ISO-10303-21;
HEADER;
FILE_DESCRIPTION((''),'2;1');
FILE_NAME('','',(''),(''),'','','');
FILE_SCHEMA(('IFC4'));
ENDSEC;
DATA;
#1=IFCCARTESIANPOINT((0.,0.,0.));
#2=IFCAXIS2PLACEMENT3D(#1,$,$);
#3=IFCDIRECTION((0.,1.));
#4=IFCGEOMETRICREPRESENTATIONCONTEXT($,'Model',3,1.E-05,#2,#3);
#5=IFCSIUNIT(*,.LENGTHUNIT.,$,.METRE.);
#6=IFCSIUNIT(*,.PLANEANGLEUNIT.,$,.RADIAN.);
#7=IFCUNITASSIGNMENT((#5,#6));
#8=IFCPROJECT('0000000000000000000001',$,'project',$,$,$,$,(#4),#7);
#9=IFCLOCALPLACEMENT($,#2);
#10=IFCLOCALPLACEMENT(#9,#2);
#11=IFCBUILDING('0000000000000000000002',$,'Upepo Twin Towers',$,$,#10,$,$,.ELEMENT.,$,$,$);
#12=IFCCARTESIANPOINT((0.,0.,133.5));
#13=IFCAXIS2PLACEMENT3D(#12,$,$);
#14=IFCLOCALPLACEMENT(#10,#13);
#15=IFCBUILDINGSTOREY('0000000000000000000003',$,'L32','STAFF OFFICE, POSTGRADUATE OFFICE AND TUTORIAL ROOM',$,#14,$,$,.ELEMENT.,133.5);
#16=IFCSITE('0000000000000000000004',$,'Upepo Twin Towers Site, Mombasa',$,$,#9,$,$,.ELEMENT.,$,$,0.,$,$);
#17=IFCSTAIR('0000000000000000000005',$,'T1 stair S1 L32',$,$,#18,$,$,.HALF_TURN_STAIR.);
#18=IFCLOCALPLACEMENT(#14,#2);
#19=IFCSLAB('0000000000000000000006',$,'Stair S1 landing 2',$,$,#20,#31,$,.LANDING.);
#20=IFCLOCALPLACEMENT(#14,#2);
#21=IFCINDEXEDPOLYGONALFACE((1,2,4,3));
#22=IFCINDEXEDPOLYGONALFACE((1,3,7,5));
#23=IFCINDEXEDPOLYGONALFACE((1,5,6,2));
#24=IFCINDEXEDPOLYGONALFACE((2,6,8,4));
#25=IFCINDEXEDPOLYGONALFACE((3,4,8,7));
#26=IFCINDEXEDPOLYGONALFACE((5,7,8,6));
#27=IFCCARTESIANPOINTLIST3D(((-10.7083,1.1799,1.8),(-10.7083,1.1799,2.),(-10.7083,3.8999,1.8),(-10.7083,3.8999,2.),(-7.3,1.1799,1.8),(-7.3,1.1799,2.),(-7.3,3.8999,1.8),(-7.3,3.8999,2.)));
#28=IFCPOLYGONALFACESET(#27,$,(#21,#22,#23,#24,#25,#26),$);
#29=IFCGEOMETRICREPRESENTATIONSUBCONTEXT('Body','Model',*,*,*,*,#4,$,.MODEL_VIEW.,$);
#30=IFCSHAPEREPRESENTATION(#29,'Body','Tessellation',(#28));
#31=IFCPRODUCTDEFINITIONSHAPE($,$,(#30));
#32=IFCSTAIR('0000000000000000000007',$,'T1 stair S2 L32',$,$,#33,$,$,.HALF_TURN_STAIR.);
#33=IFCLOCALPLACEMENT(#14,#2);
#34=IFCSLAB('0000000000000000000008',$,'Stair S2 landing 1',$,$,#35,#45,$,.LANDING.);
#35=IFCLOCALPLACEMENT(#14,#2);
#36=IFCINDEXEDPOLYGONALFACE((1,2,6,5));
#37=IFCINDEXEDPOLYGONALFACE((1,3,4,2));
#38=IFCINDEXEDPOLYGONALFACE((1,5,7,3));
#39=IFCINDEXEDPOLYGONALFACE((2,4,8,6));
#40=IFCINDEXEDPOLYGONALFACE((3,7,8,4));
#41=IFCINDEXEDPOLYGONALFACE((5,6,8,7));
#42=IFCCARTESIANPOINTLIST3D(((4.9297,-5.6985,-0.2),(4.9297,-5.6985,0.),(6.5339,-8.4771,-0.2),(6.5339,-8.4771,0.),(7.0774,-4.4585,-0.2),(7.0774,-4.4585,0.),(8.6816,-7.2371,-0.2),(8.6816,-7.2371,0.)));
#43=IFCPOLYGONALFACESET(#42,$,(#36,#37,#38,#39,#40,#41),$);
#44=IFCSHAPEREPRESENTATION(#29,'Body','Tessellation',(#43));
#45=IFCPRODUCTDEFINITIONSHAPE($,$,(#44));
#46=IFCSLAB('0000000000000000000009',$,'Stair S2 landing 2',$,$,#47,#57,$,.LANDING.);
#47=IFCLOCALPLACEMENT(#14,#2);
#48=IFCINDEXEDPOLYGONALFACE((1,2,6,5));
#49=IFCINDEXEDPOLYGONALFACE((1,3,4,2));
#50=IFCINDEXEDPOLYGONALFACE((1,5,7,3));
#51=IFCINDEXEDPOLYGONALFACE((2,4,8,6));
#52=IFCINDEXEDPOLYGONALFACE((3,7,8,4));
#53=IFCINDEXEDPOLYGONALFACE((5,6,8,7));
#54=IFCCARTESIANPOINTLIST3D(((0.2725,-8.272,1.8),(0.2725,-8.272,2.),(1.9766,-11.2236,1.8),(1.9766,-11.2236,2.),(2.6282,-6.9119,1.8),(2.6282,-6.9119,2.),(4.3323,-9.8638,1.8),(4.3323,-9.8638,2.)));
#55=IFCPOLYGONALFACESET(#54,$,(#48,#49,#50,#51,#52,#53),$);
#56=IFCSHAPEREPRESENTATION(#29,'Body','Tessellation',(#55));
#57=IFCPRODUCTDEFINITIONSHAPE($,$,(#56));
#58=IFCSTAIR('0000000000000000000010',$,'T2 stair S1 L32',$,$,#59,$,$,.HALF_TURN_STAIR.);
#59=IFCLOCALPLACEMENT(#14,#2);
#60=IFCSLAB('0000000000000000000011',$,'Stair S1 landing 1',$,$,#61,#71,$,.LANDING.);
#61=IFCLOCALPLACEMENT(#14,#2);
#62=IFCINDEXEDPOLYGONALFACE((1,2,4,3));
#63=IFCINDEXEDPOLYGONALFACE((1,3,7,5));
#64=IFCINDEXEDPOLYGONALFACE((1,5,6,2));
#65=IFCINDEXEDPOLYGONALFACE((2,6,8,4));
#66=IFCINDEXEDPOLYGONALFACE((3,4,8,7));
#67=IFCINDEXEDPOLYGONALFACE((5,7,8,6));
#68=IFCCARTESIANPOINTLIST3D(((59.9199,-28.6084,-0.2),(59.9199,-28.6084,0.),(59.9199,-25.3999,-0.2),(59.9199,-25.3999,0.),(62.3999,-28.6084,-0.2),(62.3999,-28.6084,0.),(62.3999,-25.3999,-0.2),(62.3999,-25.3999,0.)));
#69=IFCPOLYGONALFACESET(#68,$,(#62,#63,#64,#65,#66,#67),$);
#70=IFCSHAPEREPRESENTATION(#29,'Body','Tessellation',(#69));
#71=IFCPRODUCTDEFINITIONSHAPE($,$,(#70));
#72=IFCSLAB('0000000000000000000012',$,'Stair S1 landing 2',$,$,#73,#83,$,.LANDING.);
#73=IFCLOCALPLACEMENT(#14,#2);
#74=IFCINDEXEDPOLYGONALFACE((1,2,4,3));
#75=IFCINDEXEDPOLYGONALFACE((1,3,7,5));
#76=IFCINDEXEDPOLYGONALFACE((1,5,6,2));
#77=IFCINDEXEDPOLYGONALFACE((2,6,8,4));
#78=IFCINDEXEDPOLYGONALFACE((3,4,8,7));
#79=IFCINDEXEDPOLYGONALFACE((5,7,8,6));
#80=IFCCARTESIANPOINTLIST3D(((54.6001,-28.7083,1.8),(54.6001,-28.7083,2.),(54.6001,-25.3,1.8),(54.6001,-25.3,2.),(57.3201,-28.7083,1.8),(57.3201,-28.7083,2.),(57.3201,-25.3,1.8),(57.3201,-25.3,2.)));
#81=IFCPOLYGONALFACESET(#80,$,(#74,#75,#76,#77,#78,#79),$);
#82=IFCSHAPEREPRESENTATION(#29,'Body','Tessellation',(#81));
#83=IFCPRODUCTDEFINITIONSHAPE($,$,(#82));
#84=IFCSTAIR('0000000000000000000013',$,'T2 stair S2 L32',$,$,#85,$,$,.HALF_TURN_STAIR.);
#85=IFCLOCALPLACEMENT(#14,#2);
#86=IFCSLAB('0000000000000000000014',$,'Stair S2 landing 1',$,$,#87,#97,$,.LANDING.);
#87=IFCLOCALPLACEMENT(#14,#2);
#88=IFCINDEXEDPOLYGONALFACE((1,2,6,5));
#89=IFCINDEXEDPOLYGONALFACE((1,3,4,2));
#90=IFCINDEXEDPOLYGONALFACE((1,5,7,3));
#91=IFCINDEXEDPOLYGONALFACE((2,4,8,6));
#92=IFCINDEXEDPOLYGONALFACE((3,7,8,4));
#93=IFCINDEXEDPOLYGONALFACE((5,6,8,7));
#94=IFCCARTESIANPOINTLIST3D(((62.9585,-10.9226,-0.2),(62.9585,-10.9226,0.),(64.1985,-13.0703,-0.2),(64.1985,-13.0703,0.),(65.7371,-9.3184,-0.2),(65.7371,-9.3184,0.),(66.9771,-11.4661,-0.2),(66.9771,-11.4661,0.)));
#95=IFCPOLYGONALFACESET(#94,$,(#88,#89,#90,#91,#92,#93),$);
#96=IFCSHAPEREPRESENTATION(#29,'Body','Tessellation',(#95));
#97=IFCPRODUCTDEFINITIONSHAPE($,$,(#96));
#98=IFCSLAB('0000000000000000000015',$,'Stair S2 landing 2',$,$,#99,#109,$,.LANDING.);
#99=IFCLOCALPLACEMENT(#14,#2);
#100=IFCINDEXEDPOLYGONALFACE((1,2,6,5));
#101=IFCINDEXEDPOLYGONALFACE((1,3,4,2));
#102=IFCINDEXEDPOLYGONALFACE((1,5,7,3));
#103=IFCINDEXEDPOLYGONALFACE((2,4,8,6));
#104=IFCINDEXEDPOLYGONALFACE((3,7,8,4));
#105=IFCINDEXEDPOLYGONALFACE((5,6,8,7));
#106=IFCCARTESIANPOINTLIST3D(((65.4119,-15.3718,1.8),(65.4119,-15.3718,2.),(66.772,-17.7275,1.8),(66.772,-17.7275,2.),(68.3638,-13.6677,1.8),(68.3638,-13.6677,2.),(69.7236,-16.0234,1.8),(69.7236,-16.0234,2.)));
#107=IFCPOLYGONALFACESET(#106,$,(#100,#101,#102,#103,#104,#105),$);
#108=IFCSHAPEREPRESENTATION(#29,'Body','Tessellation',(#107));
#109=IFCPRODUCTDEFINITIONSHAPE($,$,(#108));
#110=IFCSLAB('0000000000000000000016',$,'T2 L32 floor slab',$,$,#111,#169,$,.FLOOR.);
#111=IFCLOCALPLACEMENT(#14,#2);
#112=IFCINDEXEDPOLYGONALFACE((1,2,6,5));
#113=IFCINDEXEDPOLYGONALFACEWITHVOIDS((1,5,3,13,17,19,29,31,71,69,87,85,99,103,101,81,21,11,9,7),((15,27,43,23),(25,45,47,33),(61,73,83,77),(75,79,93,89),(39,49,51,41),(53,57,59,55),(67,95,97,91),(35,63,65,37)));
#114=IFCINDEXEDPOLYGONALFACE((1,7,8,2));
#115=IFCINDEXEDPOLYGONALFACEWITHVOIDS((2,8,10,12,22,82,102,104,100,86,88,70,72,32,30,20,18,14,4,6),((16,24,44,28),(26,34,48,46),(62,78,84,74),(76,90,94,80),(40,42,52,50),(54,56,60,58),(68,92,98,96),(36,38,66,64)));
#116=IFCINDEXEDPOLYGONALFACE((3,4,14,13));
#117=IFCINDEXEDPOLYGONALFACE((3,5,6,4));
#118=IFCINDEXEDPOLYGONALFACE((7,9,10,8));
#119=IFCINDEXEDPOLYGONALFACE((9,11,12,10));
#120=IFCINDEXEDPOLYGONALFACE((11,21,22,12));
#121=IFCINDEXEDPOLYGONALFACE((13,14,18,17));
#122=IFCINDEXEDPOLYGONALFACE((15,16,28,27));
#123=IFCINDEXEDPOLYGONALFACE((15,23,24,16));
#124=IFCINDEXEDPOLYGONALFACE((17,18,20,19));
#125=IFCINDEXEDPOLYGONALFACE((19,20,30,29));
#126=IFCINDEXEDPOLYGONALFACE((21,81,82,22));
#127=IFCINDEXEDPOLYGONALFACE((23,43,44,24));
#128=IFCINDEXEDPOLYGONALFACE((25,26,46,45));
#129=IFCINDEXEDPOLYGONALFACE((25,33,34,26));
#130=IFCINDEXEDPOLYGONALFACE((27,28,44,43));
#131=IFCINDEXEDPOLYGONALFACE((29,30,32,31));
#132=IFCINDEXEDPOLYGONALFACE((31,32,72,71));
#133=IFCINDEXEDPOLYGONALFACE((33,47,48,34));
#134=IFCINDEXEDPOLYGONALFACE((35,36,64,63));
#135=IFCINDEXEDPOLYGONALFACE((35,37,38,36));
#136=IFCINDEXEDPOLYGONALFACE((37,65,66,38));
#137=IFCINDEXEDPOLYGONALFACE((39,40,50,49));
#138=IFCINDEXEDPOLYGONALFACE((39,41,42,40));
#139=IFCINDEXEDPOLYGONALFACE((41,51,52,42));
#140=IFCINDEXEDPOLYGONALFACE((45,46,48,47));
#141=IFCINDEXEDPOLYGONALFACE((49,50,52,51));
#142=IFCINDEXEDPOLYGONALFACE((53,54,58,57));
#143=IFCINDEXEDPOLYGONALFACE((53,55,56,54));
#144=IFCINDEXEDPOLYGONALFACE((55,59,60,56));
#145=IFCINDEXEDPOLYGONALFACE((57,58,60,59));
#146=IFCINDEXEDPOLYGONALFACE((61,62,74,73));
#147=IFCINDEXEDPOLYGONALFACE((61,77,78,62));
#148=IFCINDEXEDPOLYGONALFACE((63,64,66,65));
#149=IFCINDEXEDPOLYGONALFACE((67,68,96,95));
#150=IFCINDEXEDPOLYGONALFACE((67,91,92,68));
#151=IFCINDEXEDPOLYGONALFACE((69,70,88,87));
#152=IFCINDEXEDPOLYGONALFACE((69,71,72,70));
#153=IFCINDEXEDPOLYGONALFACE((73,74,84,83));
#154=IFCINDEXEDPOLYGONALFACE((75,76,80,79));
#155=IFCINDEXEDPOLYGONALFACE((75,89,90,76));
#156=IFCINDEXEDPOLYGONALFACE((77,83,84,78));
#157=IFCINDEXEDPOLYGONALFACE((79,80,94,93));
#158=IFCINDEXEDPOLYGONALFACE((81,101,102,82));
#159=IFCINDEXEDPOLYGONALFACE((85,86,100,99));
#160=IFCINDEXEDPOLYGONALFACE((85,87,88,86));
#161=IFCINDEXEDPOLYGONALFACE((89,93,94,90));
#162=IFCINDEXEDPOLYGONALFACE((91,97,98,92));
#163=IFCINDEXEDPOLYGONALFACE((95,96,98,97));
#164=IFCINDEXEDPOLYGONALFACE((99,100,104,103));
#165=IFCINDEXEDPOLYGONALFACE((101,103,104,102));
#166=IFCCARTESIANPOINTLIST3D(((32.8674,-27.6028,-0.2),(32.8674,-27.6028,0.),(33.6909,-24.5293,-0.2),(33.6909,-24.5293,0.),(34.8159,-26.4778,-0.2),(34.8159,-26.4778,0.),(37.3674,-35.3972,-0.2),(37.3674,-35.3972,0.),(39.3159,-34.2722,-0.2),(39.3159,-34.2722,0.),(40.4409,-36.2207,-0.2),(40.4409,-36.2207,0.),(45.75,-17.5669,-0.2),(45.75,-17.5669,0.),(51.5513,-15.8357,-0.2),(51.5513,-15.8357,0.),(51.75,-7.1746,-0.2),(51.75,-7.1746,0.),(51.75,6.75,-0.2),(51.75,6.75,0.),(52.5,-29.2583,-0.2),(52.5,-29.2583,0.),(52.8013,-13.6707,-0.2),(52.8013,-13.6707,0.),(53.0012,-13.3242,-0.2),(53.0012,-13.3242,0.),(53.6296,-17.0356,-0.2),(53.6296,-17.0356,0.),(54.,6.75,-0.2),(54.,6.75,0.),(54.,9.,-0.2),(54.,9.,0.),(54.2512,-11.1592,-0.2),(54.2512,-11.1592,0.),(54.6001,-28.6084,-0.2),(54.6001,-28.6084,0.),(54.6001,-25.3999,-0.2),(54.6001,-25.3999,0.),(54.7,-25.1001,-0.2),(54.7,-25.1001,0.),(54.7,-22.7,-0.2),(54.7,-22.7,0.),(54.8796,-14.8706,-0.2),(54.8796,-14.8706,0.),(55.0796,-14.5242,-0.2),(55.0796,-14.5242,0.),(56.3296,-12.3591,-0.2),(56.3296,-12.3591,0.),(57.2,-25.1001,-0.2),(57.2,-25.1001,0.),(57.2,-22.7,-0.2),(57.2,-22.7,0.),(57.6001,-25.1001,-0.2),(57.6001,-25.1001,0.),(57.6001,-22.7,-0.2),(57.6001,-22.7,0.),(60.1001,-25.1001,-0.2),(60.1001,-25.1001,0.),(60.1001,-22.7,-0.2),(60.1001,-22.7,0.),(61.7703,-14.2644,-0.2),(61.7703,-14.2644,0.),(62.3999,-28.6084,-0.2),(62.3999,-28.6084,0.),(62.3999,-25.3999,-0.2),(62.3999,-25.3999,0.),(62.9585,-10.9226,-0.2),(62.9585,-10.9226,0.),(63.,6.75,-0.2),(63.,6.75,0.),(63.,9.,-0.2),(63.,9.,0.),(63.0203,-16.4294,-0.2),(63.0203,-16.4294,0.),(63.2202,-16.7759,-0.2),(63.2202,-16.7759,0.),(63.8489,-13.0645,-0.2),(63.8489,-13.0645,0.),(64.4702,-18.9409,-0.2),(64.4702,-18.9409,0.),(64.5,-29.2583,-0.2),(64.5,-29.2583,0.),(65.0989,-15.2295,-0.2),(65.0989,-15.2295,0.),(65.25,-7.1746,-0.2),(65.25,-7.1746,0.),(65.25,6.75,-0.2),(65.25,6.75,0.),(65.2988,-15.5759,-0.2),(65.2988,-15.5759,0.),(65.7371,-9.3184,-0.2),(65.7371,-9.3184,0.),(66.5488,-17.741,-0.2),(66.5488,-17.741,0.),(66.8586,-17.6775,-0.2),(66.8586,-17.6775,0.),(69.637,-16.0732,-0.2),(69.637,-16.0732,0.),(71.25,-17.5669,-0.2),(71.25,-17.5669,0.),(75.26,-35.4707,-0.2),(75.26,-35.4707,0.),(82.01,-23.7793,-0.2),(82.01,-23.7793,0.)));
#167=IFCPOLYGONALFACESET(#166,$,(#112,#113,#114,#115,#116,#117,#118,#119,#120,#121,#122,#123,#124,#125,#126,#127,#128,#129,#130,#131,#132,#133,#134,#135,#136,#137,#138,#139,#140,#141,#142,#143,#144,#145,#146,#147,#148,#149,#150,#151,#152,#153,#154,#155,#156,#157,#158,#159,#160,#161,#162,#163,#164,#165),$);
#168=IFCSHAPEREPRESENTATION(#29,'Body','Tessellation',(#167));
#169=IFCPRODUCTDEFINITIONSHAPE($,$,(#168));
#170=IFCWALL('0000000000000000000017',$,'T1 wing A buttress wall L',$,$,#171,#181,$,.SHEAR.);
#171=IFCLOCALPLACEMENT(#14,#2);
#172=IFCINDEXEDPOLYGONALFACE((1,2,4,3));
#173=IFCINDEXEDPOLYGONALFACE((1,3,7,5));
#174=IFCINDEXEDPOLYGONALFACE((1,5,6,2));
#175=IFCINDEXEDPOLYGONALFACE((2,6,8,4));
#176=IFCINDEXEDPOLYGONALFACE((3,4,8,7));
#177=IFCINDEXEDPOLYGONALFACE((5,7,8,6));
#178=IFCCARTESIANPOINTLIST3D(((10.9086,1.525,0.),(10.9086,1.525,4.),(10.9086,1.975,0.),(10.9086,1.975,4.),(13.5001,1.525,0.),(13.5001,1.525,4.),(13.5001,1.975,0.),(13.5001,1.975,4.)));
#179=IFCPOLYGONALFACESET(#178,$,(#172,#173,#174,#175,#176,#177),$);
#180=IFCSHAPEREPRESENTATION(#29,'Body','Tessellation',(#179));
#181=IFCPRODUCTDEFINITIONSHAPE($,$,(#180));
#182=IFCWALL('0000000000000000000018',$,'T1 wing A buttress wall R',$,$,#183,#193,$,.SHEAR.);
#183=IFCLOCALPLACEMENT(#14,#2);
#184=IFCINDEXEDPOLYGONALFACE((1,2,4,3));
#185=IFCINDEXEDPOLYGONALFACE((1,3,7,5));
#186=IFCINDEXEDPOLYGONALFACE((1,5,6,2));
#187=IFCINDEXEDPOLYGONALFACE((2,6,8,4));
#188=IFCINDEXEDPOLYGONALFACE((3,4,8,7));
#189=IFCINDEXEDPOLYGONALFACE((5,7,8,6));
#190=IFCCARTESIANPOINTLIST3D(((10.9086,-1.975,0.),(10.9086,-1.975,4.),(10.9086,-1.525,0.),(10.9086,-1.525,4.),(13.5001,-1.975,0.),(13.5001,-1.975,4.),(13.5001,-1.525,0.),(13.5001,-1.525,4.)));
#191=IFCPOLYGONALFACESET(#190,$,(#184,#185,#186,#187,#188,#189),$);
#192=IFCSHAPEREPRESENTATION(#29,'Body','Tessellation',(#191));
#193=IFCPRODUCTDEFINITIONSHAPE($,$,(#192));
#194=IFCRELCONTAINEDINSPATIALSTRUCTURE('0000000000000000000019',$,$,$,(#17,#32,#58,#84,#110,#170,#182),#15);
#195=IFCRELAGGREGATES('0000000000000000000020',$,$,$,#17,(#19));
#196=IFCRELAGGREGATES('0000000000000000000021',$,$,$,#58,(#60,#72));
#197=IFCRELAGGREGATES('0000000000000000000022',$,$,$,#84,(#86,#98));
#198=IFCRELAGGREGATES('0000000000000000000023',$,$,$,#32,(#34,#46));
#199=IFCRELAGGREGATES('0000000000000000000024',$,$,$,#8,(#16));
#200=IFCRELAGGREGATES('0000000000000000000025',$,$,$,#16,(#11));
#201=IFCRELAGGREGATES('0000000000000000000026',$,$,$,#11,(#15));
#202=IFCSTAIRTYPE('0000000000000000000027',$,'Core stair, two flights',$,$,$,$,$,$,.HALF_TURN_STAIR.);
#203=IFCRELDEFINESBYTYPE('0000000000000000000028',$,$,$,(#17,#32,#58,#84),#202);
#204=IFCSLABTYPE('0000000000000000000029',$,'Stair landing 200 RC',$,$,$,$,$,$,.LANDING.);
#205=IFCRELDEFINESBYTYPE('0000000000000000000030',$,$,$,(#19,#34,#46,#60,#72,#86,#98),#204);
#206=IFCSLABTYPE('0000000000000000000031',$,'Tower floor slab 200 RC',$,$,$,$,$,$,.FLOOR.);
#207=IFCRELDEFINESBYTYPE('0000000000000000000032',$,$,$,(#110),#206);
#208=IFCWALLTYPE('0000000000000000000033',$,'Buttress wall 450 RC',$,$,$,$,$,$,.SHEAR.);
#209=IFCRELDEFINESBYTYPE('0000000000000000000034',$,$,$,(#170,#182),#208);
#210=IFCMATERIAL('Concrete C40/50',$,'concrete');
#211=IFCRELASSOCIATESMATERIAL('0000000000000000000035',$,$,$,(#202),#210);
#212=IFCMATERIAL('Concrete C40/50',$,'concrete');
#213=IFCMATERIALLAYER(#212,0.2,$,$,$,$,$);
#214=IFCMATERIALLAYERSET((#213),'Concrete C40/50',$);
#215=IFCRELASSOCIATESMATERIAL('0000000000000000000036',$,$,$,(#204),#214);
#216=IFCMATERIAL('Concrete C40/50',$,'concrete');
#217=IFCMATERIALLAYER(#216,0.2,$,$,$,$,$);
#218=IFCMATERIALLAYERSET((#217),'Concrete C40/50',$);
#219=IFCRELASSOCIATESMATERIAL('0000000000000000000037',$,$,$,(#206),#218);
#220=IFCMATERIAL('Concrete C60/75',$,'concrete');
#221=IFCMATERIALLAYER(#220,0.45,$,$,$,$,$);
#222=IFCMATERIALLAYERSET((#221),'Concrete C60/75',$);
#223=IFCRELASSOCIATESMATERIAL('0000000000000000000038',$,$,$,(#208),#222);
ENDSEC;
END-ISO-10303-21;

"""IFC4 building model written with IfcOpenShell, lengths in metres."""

from ifc_helpers import new_model, si_unit, direction, frame, frame_2d, origin, place, context, subcontext, project, spatial, polyline, rectangle, outline, extrude, material, layer, layer_set, type_object, element, aggregate, save


model = new_model("IFC4")

# Units and contexts
model_context = context("Model", 3, precision=1e-05, world=origin(), true_north=direction((0.0, 1.0)))
body_context = subcontext(model_context, "Body", "Model", "MODEL_VIEW")
ifc_project = project(units=[si_unit("LENGTHUNIT", "METRE"), si_unit("PLANEANGLEUNIT", "RADIAN")], contexts=[model_context])

# Site, building, storey
site_placement = place(None, origin())
site = spatial("IfcSite", under=ifc_project, at=site_placement, Name="Upepo Twin Towers Site, Mombasa", CompositionType="ELEMENT", RefElevation=0.0)
building_placement = place(site_placement, origin())
building = spatial("IfcBuilding", under=site, at=building_placement, Name="Upepo Twin Towers", CompositionType="ELEMENT")
storey_placement = place(building_placement, frame((0.0, 0.0, 133.5)))
storey = spatial("IfcBuildingStorey", under=building, at=storey_placement, Name="L32", Description="STAFF OFFICE, POSTGRADUATE OFFICE AND TUTORIAL ROOM", CompositionType="ELEMENT", Elevation=133.5)

# Stairs, slabs
ifc_material_1 = material(Name="Concrete C40/50", Category="concrete")
stair_type = type_object("IfcStairType", Name="Core stair, two flights", PredefinedType="HALF_TURN_STAIR", material=ifc_material_1)
stair_1_placement = place(storey_placement, origin())
stair_1 = element("IfcStair", 1, at=stair_1_placement, inside=storey, type_object=stair_type, Name="T1 stair S1 L32", PredefinedType="HALF_TURN_STAIR")
ifc_material_2 = material(Name="Concrete C40/50", Category="concrete")
ifc_layer_1 = layer(ifc_material_2, 0.2)
ifc_layer_set_1 = layer_set([ifc_layer_1], Name="Concrete C40/50")
slab_type_1 = type_object("IfcSlabType", Name="Stair landing 200 RC", PredefinedType="LANDING", material=ifc_layer_set_1)
slab_1_placement = place(storey_placement, frame((0.0, 0.0, 1.8)))
slab_1 = element("IfcSlab", 2, at=slab_1_placement, type_object=slab_type_1, Name="Stair S1 landing 2", PredefinedType="LANDING", context=body_context, shape_type="SweptSolid", body=[
    extrude(outline(polyline([(-7.3, 3.8999), (-10.7083, 3.8999), (-10.7083, 1.1799), (-7.3, 1.1799), (-7.3, 3.8999)])), origin(), (0.0, 0.0, 1.0), 0.2),
])
aggregate(stair_1, [slab_1])
stair_2_placement = place(storey_placement, origin())
stair_2 = element("IfcStair", 3, at=stair_2_placement, inside=storey, type_object=stair_type, Name="T1 stair S2 L32", PredefinedType="HALF_TURN_STAIR")
slab_2_placement = place(storey_placement, frame((0.0, 0.0, -0.2)))
slab_2 = element("IfcSlab", 4, at=slab_2_placement, type_object=slab_type_1, Name="Stair S2 landing 1", PredefinedType="LANDING", context=body_context, shape_type="SweptSolid", body=[
    extrude(outline(polyline([(4.9297, -5.6985), (6.5339, -8.4771), (8.6816, -7.2371), (7.0774, -4.4585), (4.9297, -5.6985)])), origin(), (0.0, 0.0, 1.0), 0.2),
])
slab_3_placement = place(storey_placement, frame((0.0, 0.0, 1.8)))
slab_3 = element("IfcSlab", 5, at=slab_3_placement, type_object=slab_type_1, Name="Stair S2 landing 2", PredefinedType="LANDING", context=body_context, shape_type="SweptSolid", body=[
    extrude(outline(polyline([(0.2725, -8.272), (1.9766, -11.2236), (4.3323, -9.8638), (2.6282, -6.9119), (0.2725, -8.272)])), origin(), (0.0, 0.0, 1.0), 0.2),
])
stair_3_placement = place(storey_placement, origin())
stair_3 = element("IfcStair", 6, at=stair_3_placement, inside=storey, type_object=stair_type, Name="T2 stair S1 L32", PredefinedType="HALF_TURN_STAIR")
slab_4_placement = place(storey_placement, frame((0.0, 0.0, -0.2)))
slab_4 = element("IfcSlab", 7, at=slab_4_placement, type_object=slab_type_1, Name="Stair S1 landing 1", PredefinedType="LANDING", context=body_context, shape_type="SweptSolid", body=[
    extrude(outline(polyline([(59.9199, -25.3999), (59.9199, -28.6084), (62.3999, -28.6084), (62.3999, -25.3999), (59.9199, -25.3999)])), origin(), (0.0, 0.0, 1.0), 0.2),
])
slab_5_placement = place(storey_placement, frame((0.0, 0.0, 1.8)))
slab_5 = element("IfcSlab", 8, at=slab_5_placement, type_object=slab_type_1, Name="Stair S1 landing 2", PredefinedType="LANDING", context=body_context, shape_type="SweptSolid", body=[
    extrude(outline(polyline([(54.6001, -25.3), (54.6001, -28.7083), (57.3201, -28.7083), (57.3201, -25.3), (54.6001, -25.3)])), origin(), (0.0, 0.0, 1.0), 0.2),
])
aggregate(stair_3, [slab_4, slab_5])
stair_4_placement = place(storey_placement, origin())
stair_4 = element("IfcStair", 9, at=stair_4_placement, inside=storey, type_object=stair_type, Name="T2 stair S2 L32", PredefinedType="HALF_TURN_STAIR")
slab_6_placement = place(storey_placement, frame((0.0, 0.0, -0.2)))
slab_6 = element("IfcSlab", 10, at=slab_6_placement, type_object=slab_type_1, Name="Stair S2 landing 1", PredefinedType="LANDING", context=body_context, shape_type="SweptSolid", body=[
    extrude(outline(polyline([(64.1985, -13.0703), (66.9771, -11.4661), (65.7371, -9.3184), (62.9585, -10.9226), (64.1985, -13.0703)])), origin(), (0.0, 0.0, 1.0), 0.2),
])
slab_7_placement = place(storey_placement, frame((0.0, 0.0, 1.8)))
slab_7 = element("IfcSlab", 11, at=slab_7_placement, type_object=slab_type_1, Name="Stair S2 landing 2", PredefinedType="LANDING", context=body_context, shape_type="SweptSolid", body=[
    extrude(outline(polyline([(66.772, -17.7275), (69.7236, -16.0234), (68.3638, -13.6677), (65.4119, -15.3718), (66.772, -17.7275)])), origin(), (0.0, 0.0, 1.0), 0.2),
])
aggregate(stair_4, [slab_6, slab_7])

# Slab
ifc_material_3 = material(Name="Concrete C40/50", Category="concrete")
ifc_layer_2 = layer(ifc_material_3, 0.2)
ifc_layer_set_2 = layer_set([ifc_layer_2], Name="Concrete C40/50")
slab_type_2 = type_object("IfcSlabType", Name="Tower floor slab 200 RC", PredefinedType="FLOOR", material=ifc_layer_set_2)
slab_8_placement = place(storey_placement, frame((0.0, 0.0, -0.2)))
element("IfcSlab", 12, at=slab_8_placement, inside=storey, type_object=slab_type_2, Name="T2 L32 floor slab", PredefinedType="FLOOR", context=body_context, shape_type="SweptSolid", body=[
    extrude(outline(polyline([(75.26, -35.4707), (64.5, -29.2583), (52.5, -29.2583), (40.4409, -36.2207), (39.3159, -34.2722), (37.3674, -35.3972), (32.8674, -27.6028), (34.8159, -26.4778), (33.6909, -24.5293), (45.75, -17.5669), (51.75, -7.1746), (51.75, 6.75), (54.0, 6.75), (54.0, 9.0), (63.0, 9.0), (63.0, 6.75), (65.25, 6.75), (65.25, -7.1746), (71.25, -17.5669), (82.01, -23.7793), (75.26, -35.4707)]), holes=[polyline([(56.3296, -12.3591), (54.2512, -11.1592), (53.0012, -13.3242), (55.0796, -14.5242), (56.3296, -12.3591)]), polyline([(54.8796, -14.8706), (52.8013, -13.6707), (51.5513, -15.8357), (53.6296, -17.0356), (54.8796, -14.8706)]), polyline([(54.7, -22.7), (54.7, -25.1001), (57.2, -25.1001), (57.2, -22.7), (54.7, -22.7)]), polyline([(57.6001, -22.7), (57.6001, -25.1001), (60.1001, -25.1001), (60.1001, -22.7), (57.6001, -22.7)]), polyline([(54.6001, -25.3999), (54.6001, -28.6084), (62.3999, -28.6084), (62.3999, -25.3999), (54.6001, -25.3999)]), polyline([(64.4702, -18.9409), (66.5488, -17.741), (65.2988, -15.5759), (63.2202, -16.7759), (64.4702, -18.9409)]), polyline([(63.0203, -16.4294), (65.0989, -15.2295), (63.8489, -13.0645), (61.7703, -14.2644), (63.0203, -16.4294)]), polyline([(66.8586, -17.6775), (69.637, -16.0732), (65.7371, -9.3184), (62.9585, -10.9226), (66.8586, -17.6775)])]), origin(), (0.0, 0.0, 1.0), 0.2),
])

# Walls
ifc_material_4 = material(Name="Concrete C60/75", Category="concrete")
ifc_layer_3 = layer(ifc_material_4, 0.45)
ifc_layer_set_3 = layer_set([ifc_layer_3], Name="Concrete C60/75")
wall_type_1 = type_object("IfcWallType", Name="Buttress wall 450 RC", PredefinedType="SHEAR", material=ifc_layer_set_3)
for number, where, z_axis, x_axis, name in (
    (13, (10.9084, 1.75, 0.0), (0.0, 0.0, 1.0), (1.0, 0.0, 0.0), "T1 wing A buttress wall L"),
    (14, (10.9084, -1.75, 0.0), (0.0, 0.0, 1.0), (1.0, 0.0, 0.0), "T1 wing A buttress wall R"),
):
    element("IfcWall", number, at=place(storey_placement, frame(where, z_axis=z_axis, x_axis=x_axis)), inside=storey, type_object=wall_type_1, Name=name, PredefinedType="SHEAR", context=body_context, shape_type="SweptSolid", body=[
        extrude(rectangle(XDim=2.5916, YDim=0.45, at=frame_2d((1.2959, 0.0))), origin(), (0.0, 0.0, 1.0), 4.0),
    ])

aggregate(stair_2, [slab_2, slab_3])

save(model, "model.ifc")
